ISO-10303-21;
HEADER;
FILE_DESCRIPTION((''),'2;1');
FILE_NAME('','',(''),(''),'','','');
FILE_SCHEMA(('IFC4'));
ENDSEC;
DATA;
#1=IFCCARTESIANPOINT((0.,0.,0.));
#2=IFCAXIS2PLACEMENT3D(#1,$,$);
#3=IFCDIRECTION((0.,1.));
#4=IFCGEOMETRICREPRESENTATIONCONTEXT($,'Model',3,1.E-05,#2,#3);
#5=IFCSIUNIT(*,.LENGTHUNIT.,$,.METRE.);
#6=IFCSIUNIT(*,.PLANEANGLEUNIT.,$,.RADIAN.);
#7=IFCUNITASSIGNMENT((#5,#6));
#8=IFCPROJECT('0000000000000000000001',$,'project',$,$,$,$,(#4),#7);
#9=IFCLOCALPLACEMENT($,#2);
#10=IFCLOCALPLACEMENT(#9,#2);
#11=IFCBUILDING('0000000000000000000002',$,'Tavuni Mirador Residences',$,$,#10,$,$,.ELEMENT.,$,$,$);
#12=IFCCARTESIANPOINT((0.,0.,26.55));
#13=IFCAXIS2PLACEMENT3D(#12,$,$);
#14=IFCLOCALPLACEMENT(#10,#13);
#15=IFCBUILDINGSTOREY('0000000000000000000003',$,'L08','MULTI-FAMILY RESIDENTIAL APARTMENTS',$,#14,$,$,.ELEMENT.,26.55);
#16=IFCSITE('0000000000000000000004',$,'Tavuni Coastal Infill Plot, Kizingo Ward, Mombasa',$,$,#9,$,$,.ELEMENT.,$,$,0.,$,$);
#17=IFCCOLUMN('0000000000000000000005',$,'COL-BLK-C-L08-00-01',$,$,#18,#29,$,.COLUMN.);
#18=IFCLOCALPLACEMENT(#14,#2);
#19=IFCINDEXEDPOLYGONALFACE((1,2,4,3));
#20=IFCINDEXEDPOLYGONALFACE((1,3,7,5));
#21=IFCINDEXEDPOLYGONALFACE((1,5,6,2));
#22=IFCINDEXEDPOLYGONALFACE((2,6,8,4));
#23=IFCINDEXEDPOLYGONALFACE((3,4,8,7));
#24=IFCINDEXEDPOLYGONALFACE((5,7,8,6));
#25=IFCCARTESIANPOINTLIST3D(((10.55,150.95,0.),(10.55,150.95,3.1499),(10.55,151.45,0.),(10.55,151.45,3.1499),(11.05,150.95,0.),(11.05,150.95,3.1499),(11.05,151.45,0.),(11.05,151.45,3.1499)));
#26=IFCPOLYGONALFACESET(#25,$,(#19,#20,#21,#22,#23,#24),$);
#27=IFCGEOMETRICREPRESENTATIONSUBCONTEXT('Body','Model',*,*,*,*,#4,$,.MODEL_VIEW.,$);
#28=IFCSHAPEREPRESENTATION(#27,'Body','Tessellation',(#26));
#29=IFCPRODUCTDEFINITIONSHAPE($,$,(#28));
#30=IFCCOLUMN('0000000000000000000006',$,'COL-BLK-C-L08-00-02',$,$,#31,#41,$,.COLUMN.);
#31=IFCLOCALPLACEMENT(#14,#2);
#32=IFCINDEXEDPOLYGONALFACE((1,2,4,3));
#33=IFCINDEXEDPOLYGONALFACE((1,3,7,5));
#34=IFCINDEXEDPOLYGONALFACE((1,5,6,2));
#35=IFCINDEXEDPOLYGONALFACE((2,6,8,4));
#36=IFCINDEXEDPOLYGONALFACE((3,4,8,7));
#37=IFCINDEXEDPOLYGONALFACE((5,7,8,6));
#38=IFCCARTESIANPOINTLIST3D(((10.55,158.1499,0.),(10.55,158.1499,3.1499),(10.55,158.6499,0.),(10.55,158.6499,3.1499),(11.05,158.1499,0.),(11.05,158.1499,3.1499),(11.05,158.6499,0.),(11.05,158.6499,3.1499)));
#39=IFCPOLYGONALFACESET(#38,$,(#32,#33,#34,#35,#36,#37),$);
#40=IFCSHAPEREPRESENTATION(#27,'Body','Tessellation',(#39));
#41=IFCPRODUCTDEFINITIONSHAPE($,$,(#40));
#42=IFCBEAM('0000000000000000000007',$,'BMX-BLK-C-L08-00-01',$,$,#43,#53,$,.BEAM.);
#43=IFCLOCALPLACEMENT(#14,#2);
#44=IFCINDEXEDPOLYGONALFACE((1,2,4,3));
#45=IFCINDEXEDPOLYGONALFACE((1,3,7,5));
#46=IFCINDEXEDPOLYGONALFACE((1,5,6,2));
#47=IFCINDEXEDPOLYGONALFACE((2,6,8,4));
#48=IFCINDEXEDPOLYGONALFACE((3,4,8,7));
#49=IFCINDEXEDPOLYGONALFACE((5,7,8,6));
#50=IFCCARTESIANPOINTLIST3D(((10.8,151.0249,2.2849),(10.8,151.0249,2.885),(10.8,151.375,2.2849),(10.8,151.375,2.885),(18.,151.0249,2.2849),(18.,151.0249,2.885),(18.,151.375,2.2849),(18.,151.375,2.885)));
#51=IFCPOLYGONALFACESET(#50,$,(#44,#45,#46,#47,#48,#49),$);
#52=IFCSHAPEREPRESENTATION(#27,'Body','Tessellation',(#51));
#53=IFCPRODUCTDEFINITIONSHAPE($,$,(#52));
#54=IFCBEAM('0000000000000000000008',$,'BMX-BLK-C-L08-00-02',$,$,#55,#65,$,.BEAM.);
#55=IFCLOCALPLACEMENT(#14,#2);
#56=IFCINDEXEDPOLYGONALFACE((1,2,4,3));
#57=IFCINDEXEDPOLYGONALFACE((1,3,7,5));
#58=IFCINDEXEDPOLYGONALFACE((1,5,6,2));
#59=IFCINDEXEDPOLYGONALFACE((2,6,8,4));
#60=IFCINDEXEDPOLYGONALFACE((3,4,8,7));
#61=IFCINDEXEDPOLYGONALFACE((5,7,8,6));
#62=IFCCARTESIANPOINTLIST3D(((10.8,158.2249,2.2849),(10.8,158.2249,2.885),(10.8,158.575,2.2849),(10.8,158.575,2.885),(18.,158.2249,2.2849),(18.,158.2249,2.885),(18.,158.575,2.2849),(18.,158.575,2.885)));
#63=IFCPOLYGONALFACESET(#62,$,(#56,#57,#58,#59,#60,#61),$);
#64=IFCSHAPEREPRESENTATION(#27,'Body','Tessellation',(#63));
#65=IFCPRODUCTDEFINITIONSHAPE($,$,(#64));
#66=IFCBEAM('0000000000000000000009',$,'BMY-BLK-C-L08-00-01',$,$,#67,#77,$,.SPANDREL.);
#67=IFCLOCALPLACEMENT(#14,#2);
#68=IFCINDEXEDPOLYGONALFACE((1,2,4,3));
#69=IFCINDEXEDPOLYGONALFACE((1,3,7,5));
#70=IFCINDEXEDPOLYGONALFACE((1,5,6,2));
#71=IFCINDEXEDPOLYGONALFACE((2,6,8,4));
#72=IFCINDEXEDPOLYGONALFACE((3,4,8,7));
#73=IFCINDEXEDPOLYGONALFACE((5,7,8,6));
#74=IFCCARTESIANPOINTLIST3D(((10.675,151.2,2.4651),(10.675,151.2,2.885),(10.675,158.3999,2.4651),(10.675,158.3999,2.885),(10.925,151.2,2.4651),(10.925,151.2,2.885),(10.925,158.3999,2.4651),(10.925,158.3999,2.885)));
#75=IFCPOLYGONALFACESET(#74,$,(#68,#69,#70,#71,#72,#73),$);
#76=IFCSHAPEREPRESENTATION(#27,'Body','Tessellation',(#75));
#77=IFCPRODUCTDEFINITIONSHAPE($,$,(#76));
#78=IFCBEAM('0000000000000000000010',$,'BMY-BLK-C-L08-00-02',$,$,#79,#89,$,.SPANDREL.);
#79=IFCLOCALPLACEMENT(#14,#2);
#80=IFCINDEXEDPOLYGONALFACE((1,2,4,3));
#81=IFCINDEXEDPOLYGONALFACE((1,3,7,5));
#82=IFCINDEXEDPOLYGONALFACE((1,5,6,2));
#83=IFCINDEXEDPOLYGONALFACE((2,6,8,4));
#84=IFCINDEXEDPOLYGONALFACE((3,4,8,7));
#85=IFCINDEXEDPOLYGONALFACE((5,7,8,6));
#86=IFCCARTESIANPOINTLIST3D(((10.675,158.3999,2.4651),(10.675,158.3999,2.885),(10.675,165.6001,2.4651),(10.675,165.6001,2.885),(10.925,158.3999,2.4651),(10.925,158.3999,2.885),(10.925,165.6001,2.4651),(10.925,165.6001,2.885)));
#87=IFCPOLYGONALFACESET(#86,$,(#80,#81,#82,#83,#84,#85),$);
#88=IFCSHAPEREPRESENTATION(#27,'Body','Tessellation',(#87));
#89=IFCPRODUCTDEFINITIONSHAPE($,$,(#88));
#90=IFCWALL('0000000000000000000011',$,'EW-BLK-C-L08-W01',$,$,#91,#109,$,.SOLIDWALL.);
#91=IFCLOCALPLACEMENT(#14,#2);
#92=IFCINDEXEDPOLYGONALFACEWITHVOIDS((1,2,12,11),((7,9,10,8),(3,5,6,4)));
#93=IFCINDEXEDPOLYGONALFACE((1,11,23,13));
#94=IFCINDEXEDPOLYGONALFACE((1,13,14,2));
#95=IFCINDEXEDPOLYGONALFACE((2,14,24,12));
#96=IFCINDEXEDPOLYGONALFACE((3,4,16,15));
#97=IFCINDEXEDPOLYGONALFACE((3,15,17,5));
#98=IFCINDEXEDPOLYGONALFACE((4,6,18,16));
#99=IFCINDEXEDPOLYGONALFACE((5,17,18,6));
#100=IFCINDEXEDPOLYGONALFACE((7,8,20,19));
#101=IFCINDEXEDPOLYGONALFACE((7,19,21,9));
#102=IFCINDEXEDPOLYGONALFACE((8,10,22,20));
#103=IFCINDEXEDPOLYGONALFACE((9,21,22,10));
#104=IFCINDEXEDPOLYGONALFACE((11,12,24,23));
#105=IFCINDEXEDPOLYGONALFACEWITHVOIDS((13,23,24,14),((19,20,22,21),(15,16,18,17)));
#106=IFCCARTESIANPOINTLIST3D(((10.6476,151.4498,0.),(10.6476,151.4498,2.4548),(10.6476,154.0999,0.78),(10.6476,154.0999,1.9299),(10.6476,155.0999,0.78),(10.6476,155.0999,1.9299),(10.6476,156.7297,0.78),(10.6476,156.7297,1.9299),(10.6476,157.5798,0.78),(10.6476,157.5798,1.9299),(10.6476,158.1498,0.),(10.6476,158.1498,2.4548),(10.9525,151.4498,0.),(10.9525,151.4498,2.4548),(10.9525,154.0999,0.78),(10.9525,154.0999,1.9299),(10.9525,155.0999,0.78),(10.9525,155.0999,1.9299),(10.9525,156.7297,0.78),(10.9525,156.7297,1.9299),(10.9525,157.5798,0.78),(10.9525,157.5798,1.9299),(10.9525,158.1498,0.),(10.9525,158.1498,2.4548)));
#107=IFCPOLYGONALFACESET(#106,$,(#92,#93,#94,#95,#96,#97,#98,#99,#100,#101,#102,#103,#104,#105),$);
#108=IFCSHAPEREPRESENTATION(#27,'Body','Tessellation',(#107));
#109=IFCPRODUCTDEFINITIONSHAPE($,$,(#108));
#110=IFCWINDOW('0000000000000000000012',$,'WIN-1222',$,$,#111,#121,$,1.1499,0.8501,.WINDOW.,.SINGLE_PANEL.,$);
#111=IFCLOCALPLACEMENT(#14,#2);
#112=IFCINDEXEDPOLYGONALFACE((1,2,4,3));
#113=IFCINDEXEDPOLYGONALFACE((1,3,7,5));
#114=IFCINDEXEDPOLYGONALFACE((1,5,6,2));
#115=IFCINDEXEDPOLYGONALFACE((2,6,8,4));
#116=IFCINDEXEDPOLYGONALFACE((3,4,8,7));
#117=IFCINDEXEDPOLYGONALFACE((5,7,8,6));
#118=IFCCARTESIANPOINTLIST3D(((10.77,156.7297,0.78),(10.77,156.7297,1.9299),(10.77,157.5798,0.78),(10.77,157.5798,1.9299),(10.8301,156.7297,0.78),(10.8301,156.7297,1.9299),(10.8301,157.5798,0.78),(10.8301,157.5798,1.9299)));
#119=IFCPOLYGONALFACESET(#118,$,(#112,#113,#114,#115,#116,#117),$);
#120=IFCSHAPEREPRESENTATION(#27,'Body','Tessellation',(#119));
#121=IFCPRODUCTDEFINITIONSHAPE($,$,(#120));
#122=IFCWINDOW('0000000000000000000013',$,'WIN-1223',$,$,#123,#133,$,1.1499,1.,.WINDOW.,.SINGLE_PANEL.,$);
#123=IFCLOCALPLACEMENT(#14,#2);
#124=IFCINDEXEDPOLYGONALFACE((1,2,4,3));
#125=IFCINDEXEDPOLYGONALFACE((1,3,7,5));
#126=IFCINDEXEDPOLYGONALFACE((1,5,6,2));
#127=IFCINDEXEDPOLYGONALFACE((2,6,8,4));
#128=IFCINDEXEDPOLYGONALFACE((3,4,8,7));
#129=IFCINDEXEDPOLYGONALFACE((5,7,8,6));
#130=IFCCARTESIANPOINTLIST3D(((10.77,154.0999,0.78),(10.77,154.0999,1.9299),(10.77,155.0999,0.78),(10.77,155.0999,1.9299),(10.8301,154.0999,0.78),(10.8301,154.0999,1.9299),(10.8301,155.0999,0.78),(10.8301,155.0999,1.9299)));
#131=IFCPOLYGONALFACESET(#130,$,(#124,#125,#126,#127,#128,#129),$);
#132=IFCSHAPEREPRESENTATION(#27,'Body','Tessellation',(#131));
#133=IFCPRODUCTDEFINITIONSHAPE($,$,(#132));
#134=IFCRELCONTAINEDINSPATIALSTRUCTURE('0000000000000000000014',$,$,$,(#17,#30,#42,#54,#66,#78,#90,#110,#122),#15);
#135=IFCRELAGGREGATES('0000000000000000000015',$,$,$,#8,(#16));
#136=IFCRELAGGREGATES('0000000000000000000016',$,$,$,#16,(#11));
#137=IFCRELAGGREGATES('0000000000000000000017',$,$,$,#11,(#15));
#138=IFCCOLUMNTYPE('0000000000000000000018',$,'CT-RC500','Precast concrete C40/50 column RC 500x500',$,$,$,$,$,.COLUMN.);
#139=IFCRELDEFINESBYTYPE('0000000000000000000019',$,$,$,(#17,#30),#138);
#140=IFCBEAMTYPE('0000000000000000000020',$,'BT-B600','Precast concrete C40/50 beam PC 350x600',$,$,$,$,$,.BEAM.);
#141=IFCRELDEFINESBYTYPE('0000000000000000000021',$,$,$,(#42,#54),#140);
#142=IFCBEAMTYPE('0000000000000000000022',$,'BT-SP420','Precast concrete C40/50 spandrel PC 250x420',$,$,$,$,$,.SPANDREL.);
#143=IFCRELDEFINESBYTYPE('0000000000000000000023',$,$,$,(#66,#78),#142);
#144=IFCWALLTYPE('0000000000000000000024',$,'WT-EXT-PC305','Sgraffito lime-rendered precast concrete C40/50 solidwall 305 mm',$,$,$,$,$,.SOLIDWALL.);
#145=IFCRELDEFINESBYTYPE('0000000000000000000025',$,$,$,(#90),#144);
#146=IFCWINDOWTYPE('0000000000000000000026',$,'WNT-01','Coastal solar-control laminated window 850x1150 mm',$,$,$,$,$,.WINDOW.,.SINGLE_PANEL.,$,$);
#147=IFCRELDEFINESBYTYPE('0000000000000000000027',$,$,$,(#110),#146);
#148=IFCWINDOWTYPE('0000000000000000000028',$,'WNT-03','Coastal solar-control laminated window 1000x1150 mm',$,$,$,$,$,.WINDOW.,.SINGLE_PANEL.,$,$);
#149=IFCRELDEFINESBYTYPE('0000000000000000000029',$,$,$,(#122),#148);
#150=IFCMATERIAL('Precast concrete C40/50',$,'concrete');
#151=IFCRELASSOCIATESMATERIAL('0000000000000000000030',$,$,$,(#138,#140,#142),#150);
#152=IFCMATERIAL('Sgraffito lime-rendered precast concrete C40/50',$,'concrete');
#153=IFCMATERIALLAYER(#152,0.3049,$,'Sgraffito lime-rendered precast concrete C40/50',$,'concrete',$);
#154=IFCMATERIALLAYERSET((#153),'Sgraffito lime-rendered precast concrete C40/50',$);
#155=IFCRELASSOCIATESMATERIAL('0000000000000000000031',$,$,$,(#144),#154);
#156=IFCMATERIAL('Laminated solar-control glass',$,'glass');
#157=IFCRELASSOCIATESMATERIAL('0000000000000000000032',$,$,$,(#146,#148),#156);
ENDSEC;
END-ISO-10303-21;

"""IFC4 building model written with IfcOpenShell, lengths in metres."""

from ifc_helpers import new_model, si_unit, direction, frame, frame_2d, origin, origin_2d, place, context, subcontext, project, spatial, rectangle, extrude, material, layer, layer_set, material_profile, profile_set, type_object, element, fill, save


model = new_model("IFC4")

# Units and contexts
model_context = context("Model", 3, precision=1e-05, world=origin(), true_north=direction((0.0, 1.0)))
body_context = subcontext(model_context, "Body", "Model", "MODEL_VIEW")
ifc_project = project(units=[si_unit("LENGTHUNIT", "METRE"), si_unit("PLANEANGLEUNIT", "RADIAN")], contexts=[model_context])

# Site, building, storey
site_placement = place(None, origin())
site = spatial("IfcSite", under=ifc_project, at=site_placement, Name="Tavuni Coastal Infill Plot, Kizingo Ward, Mombasa", CompositionType="ELEMENT", RefElevation=0.0)
building_placement = place(site_placement, origin())
building = spatial("IfcBuilding", under=site, at=building_placement, Name="Tavuni Mirador Residences", CompositionType="ELEMENT")
storey_placement = place(building_placement, frame((0.0, 0.0, 26.55)))
storey = spatial("IfcBuildingStorey", under=building, at=storey_placement, Name="L08", Description="MULTI-FAMILY RESIDENTIAL APARTMENTS", CompositionType="ELEMENT", Elevation=26.55)

# Columns
ifc_material_1 = material(Name="Precast concrete C40/50", Category="concrete")
ifc_material_profile_1 = material_profile(ifc_material_1, rectangle(XDim=0.5, YDim=0.5, at=origin_2d()), Name="RC 500x500", Category="concrete")
ifc_profile_set_1 = profile_set([ifc_material_profile_1], Name="Precast concrete C40/50")
column_type = type_object("IfcColumnType", Name="CT-RC500", Description="Precast concrete C40/50 column RC 500x500", PredefinedType="COLUMN", material=ifc_profile_set_1)
for number, where, z_axis, x_axis, name in (
    (1, (10.8, 151.2, 0.0), (0.0, 0.0, 1.0), (1.0, 0.0, 0.0), "COL-BLK-C-L08-00-01"),
    (2, (10.8, 158.3999, 0.0), (0.0, 0.0, 1.0), (1.0, 0.0, 0.0), "COL-BLK-C-L08-00-02"),
):
    element("IfcColumn", number, at=place(storey_placement, frame(where, z_axis=z_axis, x_axis=x_axis)), inside=storey, type_object=column_type, Name=name, PredefinedType="COLUMN", context=body_context, shape_type="SweptSolid", body=[
        extrude(rectangle(XDim=0.5, YDim=0.5, at=origin_2d()), origin(), (0.0, 0.0, 1.0), 3.1499),
    ])

# Beams
ifc_material_profile_2 = material_profile(ifc_material_1, rectangle(XDim=0.3501, YDim=0.6001, at=origin_2d()), Name="PC 350x600", Category="concrete")
ifc_profile_set_2 = profile_set([ifc_material_profile_2], Name="Precast concrete C40/50")
beam_type_1 = type_object("IfcBeamType", Name="BT-B600", Description="Precast concrete C40/50 beam PC 350x600", PredefinedType="BEAM", material=ifc_profile_set_2)
for number, where, z_axis, x_axis, name in (
    (3, (10.8, 151.2, 2.585), (1.0, 0.0, 0.0), (0.0, 1.0, 0.0), "BMX-BLK-C-L08-00-01"),
    (4, (10.8, 158.3999, 2.585), (1.0, 0.0, 0.0), (0.0, 1.0, 0.0), "BMX-BLK-C-L08-00-02"),
):
    element("IfcBeam", number, at=place(storey_placement, frame(where, z_axis=z_axis, x_axis=x_axis)), inside=storey, type_object=beam_type_1, Name=name, PredefinedType="BEAM", context=body_context, shape_type="SweptSolid", body=[
        extrude(rectangle(XDim=0.3501, YDim=0.6001, at=origin_2d()), origin(), (0.0, 0.0, 1.0), 7.2),
    ])
ifc_material_profile_3 = material_profile(ifc_material_1, rectangle(XDim=0.25, YDim=0.4199, at=origin_2d()), Name="PC 250x420", Category="concrete")
ifc_profile_set_3 = profile_set([ifc_material_profile_3], Name="Precast concrete C40/50")
beam_type_2 = type_object("IfcBeamType", Name="BT-SP420", Description="Precast concrete C40/50 spandrel PC 250x420", PredefinedType="SPANDREL", material=ifc_profile_set_3)
beam_1_placement = place(storey_placement, frame((10.8, 151.2, 2.675), z_axis=(0.0, 1.0, 0.0), x_axis=(-1.0, 0.0, 0.0)))
element("IfcBeam", 5, at=beam_1_placement, inside=storey, type_object=beam_type_2, Name="BMY-BLK-C-L08-00-01", PredefinedType="SPANDREL", context=body_context, shape_type="SweptSolid", body=[
    extrude(rectangle(XDim=0.25, YDim=0.4199, at=origin_2d()), origin(), (0.0, 0.0, 1.0), 7.2),
])
beam_2_placement = place(storey_placement, frame((10.8, 158.3999, 2.675), z_axis=(0.0, 1.0, 0.0), x_axis=(-1.0, 0.0, 0.0)))
element("IfcBeam", 6, at=beam_2_placement, inside=storey, type_object=beam_type_2, Name="BMY-BLK-C-L08-00-02", PredefinedType="SPANDREL", context=body_context, shape_type="SweptSolid", body=[
    extrude(rectangle(XDim=0.25, YDim=0.4199, at=origin_2d()), origin(), (0.0, 0.0, 1.0), 7.2002),
])

# Wall, openings, windows
ifc_material_2 = material(Name="Sgraffito lime-rendered precast concrete C40/50", Category="concrete")
ifc_layer_1 = layer(ifc_material_2, 0.3049, Name="Sgraffito lime-rendered precast concrete C40/50", Category="concrete")
ifc_layer_set_1 = layer_set([ifc_layer_1], Name="Sgraffito lime-rendered precast concrete C40/50")
wall_type_1 = type_object("IfcWallType", Name="WT-EXT-PC305", Description="Sgraffito lime-rendered precast concrete C40/50 solidwall 305 mm", PredefinedType="SOLIDWALL", material=ifc_layer_set_1)
wall_1_placement = place(storey_placement, frame((10.8, 158.1499, 0.0), z_axis=(0.0, 0.0, 1.0), x_axis=(0.0, -1.0, 0.0)))
wall_1 = element("IfcWall", 7, at=wall_1_placement, inside=storey, type_object=wall_type_1, Name="EW-BLK-C-L08-W01", PredefinedType="SOLIDWALL", context=body_context, shape_type="SweptSolid", body=[
    extrude(rectangle(XDim=6.7, YDim=0.3049, at=frame_2d((3.3501, 0.0))), origin(), (0.0, 0.0, 1.0), 2.4548),
])
opening_1_placement = place(wall_1_placement, frame((0.5701, 0.0, 0.78)))
opening_1 = element("IfcOpeningElement", 8, at=opening_1_placement, cuts=wall_1, PredefinedType="OPENING", context=body_context, shape_type="SweptSolid", body=[
    extrude(rectangle(XDim=0.8501, YDim=1.1499, at=frame_2d((0.425, 0.575))), frame((0.0, 0.1626, 0.0), z_axis=(0.0, -1.0, 0.0), x_axis=(1.0, 0.0, 0.0)), (0.0, 0.0, 1.0), 0.325),
])
opening_2_placement = place(wall_1_placement, frame((3.05, 0.0, 0.78)))
opening_2 = element("IfcOpeningElement", 9, at=opening_2_placement, cuts=wall_1, PredefinedType="OPENING", context=body_context, shape_type="SweptSolid", body=[
    extrude(rectangle(XDim=1.0, YDim=1.1499, at=frame_2d((0.5, 0.575))), frame((0.0, 0.1626, 0.0), z_axis=(0.0, -1.0, 0.0), x_axis=(1.0, 0.0, 0.0)), (0.0, 0.0, 1.0), 0.325),
])
ifc_material_3 = material(Name="Laminated solar-control glass", Category="glass")
window_type_1 = type_object("IfcWindowType", Name="WNT-01", Description="Coastal solar-control laminated window 850x1150 mm", PartitioningType="SINGLE_PANEL", PredefinedType="WINDOW", material=ifc_material_3)
window_1_placement = place(opening_1_placement, origin())
window_1 = element("IfcWindow", 10, at=window_1_placement, inside=storey, type_object=window_type_1, Name="WIN-1222", OverallHeight=1.1499, OverallWidth=0.8501, PartitioningType="SINGLE_PANEL", PredefinedType="WINDOW", context=body_context, shape_type="SweptSolid", body=[
    extrude(rectangle(XDim=0.8501, YDim=1.1499, at=frame_2d((0.425, 0.575))), frame((0.0, 0.03, 0.0), z_axis=(0.0, -1.0, 0.0), x_axis=(1.0, 0.0, 0.0)), (0.0, 0.0, 1.0), 0.0601),
])
fill(opening_1, window_1)
window_type_2 = type_object("IfcWindowType", Name="WNT-03", Description="Coastal solar-control laminated window 1000x1150 mm", PartitioningType="SINGLE_PANEL", PredefinedType="WINDOW", material=ifc_material_3)
window_2_placement = place(opening_2_placement, origin())
window_2 = element("IfcWindow", 11, at=window_2_placement, inside=storey, type_object=window_type_2, Name="WIN-1223", OverallHeight=1.1499, OverallWidth=1.0, PartitioningType="SINGLE_PANEL", PredefinedType="WINDOW", context=body_context, shape_type="SweptSolid", body=[
    extrude(rectangle(XDim=1.0, YDim=1.1499, at=frame_2d((0.5, 0.575))), frame((0.0, 0.03, 0.0), z_axis=(0.0, -1.0, 0.0), x_axis=(1.0, 0.0, 0.0)), (0.0, 0.0, 1.0), 0.0601),
])
fill(opening_2, window_2)

save(model, "model.ifc")
